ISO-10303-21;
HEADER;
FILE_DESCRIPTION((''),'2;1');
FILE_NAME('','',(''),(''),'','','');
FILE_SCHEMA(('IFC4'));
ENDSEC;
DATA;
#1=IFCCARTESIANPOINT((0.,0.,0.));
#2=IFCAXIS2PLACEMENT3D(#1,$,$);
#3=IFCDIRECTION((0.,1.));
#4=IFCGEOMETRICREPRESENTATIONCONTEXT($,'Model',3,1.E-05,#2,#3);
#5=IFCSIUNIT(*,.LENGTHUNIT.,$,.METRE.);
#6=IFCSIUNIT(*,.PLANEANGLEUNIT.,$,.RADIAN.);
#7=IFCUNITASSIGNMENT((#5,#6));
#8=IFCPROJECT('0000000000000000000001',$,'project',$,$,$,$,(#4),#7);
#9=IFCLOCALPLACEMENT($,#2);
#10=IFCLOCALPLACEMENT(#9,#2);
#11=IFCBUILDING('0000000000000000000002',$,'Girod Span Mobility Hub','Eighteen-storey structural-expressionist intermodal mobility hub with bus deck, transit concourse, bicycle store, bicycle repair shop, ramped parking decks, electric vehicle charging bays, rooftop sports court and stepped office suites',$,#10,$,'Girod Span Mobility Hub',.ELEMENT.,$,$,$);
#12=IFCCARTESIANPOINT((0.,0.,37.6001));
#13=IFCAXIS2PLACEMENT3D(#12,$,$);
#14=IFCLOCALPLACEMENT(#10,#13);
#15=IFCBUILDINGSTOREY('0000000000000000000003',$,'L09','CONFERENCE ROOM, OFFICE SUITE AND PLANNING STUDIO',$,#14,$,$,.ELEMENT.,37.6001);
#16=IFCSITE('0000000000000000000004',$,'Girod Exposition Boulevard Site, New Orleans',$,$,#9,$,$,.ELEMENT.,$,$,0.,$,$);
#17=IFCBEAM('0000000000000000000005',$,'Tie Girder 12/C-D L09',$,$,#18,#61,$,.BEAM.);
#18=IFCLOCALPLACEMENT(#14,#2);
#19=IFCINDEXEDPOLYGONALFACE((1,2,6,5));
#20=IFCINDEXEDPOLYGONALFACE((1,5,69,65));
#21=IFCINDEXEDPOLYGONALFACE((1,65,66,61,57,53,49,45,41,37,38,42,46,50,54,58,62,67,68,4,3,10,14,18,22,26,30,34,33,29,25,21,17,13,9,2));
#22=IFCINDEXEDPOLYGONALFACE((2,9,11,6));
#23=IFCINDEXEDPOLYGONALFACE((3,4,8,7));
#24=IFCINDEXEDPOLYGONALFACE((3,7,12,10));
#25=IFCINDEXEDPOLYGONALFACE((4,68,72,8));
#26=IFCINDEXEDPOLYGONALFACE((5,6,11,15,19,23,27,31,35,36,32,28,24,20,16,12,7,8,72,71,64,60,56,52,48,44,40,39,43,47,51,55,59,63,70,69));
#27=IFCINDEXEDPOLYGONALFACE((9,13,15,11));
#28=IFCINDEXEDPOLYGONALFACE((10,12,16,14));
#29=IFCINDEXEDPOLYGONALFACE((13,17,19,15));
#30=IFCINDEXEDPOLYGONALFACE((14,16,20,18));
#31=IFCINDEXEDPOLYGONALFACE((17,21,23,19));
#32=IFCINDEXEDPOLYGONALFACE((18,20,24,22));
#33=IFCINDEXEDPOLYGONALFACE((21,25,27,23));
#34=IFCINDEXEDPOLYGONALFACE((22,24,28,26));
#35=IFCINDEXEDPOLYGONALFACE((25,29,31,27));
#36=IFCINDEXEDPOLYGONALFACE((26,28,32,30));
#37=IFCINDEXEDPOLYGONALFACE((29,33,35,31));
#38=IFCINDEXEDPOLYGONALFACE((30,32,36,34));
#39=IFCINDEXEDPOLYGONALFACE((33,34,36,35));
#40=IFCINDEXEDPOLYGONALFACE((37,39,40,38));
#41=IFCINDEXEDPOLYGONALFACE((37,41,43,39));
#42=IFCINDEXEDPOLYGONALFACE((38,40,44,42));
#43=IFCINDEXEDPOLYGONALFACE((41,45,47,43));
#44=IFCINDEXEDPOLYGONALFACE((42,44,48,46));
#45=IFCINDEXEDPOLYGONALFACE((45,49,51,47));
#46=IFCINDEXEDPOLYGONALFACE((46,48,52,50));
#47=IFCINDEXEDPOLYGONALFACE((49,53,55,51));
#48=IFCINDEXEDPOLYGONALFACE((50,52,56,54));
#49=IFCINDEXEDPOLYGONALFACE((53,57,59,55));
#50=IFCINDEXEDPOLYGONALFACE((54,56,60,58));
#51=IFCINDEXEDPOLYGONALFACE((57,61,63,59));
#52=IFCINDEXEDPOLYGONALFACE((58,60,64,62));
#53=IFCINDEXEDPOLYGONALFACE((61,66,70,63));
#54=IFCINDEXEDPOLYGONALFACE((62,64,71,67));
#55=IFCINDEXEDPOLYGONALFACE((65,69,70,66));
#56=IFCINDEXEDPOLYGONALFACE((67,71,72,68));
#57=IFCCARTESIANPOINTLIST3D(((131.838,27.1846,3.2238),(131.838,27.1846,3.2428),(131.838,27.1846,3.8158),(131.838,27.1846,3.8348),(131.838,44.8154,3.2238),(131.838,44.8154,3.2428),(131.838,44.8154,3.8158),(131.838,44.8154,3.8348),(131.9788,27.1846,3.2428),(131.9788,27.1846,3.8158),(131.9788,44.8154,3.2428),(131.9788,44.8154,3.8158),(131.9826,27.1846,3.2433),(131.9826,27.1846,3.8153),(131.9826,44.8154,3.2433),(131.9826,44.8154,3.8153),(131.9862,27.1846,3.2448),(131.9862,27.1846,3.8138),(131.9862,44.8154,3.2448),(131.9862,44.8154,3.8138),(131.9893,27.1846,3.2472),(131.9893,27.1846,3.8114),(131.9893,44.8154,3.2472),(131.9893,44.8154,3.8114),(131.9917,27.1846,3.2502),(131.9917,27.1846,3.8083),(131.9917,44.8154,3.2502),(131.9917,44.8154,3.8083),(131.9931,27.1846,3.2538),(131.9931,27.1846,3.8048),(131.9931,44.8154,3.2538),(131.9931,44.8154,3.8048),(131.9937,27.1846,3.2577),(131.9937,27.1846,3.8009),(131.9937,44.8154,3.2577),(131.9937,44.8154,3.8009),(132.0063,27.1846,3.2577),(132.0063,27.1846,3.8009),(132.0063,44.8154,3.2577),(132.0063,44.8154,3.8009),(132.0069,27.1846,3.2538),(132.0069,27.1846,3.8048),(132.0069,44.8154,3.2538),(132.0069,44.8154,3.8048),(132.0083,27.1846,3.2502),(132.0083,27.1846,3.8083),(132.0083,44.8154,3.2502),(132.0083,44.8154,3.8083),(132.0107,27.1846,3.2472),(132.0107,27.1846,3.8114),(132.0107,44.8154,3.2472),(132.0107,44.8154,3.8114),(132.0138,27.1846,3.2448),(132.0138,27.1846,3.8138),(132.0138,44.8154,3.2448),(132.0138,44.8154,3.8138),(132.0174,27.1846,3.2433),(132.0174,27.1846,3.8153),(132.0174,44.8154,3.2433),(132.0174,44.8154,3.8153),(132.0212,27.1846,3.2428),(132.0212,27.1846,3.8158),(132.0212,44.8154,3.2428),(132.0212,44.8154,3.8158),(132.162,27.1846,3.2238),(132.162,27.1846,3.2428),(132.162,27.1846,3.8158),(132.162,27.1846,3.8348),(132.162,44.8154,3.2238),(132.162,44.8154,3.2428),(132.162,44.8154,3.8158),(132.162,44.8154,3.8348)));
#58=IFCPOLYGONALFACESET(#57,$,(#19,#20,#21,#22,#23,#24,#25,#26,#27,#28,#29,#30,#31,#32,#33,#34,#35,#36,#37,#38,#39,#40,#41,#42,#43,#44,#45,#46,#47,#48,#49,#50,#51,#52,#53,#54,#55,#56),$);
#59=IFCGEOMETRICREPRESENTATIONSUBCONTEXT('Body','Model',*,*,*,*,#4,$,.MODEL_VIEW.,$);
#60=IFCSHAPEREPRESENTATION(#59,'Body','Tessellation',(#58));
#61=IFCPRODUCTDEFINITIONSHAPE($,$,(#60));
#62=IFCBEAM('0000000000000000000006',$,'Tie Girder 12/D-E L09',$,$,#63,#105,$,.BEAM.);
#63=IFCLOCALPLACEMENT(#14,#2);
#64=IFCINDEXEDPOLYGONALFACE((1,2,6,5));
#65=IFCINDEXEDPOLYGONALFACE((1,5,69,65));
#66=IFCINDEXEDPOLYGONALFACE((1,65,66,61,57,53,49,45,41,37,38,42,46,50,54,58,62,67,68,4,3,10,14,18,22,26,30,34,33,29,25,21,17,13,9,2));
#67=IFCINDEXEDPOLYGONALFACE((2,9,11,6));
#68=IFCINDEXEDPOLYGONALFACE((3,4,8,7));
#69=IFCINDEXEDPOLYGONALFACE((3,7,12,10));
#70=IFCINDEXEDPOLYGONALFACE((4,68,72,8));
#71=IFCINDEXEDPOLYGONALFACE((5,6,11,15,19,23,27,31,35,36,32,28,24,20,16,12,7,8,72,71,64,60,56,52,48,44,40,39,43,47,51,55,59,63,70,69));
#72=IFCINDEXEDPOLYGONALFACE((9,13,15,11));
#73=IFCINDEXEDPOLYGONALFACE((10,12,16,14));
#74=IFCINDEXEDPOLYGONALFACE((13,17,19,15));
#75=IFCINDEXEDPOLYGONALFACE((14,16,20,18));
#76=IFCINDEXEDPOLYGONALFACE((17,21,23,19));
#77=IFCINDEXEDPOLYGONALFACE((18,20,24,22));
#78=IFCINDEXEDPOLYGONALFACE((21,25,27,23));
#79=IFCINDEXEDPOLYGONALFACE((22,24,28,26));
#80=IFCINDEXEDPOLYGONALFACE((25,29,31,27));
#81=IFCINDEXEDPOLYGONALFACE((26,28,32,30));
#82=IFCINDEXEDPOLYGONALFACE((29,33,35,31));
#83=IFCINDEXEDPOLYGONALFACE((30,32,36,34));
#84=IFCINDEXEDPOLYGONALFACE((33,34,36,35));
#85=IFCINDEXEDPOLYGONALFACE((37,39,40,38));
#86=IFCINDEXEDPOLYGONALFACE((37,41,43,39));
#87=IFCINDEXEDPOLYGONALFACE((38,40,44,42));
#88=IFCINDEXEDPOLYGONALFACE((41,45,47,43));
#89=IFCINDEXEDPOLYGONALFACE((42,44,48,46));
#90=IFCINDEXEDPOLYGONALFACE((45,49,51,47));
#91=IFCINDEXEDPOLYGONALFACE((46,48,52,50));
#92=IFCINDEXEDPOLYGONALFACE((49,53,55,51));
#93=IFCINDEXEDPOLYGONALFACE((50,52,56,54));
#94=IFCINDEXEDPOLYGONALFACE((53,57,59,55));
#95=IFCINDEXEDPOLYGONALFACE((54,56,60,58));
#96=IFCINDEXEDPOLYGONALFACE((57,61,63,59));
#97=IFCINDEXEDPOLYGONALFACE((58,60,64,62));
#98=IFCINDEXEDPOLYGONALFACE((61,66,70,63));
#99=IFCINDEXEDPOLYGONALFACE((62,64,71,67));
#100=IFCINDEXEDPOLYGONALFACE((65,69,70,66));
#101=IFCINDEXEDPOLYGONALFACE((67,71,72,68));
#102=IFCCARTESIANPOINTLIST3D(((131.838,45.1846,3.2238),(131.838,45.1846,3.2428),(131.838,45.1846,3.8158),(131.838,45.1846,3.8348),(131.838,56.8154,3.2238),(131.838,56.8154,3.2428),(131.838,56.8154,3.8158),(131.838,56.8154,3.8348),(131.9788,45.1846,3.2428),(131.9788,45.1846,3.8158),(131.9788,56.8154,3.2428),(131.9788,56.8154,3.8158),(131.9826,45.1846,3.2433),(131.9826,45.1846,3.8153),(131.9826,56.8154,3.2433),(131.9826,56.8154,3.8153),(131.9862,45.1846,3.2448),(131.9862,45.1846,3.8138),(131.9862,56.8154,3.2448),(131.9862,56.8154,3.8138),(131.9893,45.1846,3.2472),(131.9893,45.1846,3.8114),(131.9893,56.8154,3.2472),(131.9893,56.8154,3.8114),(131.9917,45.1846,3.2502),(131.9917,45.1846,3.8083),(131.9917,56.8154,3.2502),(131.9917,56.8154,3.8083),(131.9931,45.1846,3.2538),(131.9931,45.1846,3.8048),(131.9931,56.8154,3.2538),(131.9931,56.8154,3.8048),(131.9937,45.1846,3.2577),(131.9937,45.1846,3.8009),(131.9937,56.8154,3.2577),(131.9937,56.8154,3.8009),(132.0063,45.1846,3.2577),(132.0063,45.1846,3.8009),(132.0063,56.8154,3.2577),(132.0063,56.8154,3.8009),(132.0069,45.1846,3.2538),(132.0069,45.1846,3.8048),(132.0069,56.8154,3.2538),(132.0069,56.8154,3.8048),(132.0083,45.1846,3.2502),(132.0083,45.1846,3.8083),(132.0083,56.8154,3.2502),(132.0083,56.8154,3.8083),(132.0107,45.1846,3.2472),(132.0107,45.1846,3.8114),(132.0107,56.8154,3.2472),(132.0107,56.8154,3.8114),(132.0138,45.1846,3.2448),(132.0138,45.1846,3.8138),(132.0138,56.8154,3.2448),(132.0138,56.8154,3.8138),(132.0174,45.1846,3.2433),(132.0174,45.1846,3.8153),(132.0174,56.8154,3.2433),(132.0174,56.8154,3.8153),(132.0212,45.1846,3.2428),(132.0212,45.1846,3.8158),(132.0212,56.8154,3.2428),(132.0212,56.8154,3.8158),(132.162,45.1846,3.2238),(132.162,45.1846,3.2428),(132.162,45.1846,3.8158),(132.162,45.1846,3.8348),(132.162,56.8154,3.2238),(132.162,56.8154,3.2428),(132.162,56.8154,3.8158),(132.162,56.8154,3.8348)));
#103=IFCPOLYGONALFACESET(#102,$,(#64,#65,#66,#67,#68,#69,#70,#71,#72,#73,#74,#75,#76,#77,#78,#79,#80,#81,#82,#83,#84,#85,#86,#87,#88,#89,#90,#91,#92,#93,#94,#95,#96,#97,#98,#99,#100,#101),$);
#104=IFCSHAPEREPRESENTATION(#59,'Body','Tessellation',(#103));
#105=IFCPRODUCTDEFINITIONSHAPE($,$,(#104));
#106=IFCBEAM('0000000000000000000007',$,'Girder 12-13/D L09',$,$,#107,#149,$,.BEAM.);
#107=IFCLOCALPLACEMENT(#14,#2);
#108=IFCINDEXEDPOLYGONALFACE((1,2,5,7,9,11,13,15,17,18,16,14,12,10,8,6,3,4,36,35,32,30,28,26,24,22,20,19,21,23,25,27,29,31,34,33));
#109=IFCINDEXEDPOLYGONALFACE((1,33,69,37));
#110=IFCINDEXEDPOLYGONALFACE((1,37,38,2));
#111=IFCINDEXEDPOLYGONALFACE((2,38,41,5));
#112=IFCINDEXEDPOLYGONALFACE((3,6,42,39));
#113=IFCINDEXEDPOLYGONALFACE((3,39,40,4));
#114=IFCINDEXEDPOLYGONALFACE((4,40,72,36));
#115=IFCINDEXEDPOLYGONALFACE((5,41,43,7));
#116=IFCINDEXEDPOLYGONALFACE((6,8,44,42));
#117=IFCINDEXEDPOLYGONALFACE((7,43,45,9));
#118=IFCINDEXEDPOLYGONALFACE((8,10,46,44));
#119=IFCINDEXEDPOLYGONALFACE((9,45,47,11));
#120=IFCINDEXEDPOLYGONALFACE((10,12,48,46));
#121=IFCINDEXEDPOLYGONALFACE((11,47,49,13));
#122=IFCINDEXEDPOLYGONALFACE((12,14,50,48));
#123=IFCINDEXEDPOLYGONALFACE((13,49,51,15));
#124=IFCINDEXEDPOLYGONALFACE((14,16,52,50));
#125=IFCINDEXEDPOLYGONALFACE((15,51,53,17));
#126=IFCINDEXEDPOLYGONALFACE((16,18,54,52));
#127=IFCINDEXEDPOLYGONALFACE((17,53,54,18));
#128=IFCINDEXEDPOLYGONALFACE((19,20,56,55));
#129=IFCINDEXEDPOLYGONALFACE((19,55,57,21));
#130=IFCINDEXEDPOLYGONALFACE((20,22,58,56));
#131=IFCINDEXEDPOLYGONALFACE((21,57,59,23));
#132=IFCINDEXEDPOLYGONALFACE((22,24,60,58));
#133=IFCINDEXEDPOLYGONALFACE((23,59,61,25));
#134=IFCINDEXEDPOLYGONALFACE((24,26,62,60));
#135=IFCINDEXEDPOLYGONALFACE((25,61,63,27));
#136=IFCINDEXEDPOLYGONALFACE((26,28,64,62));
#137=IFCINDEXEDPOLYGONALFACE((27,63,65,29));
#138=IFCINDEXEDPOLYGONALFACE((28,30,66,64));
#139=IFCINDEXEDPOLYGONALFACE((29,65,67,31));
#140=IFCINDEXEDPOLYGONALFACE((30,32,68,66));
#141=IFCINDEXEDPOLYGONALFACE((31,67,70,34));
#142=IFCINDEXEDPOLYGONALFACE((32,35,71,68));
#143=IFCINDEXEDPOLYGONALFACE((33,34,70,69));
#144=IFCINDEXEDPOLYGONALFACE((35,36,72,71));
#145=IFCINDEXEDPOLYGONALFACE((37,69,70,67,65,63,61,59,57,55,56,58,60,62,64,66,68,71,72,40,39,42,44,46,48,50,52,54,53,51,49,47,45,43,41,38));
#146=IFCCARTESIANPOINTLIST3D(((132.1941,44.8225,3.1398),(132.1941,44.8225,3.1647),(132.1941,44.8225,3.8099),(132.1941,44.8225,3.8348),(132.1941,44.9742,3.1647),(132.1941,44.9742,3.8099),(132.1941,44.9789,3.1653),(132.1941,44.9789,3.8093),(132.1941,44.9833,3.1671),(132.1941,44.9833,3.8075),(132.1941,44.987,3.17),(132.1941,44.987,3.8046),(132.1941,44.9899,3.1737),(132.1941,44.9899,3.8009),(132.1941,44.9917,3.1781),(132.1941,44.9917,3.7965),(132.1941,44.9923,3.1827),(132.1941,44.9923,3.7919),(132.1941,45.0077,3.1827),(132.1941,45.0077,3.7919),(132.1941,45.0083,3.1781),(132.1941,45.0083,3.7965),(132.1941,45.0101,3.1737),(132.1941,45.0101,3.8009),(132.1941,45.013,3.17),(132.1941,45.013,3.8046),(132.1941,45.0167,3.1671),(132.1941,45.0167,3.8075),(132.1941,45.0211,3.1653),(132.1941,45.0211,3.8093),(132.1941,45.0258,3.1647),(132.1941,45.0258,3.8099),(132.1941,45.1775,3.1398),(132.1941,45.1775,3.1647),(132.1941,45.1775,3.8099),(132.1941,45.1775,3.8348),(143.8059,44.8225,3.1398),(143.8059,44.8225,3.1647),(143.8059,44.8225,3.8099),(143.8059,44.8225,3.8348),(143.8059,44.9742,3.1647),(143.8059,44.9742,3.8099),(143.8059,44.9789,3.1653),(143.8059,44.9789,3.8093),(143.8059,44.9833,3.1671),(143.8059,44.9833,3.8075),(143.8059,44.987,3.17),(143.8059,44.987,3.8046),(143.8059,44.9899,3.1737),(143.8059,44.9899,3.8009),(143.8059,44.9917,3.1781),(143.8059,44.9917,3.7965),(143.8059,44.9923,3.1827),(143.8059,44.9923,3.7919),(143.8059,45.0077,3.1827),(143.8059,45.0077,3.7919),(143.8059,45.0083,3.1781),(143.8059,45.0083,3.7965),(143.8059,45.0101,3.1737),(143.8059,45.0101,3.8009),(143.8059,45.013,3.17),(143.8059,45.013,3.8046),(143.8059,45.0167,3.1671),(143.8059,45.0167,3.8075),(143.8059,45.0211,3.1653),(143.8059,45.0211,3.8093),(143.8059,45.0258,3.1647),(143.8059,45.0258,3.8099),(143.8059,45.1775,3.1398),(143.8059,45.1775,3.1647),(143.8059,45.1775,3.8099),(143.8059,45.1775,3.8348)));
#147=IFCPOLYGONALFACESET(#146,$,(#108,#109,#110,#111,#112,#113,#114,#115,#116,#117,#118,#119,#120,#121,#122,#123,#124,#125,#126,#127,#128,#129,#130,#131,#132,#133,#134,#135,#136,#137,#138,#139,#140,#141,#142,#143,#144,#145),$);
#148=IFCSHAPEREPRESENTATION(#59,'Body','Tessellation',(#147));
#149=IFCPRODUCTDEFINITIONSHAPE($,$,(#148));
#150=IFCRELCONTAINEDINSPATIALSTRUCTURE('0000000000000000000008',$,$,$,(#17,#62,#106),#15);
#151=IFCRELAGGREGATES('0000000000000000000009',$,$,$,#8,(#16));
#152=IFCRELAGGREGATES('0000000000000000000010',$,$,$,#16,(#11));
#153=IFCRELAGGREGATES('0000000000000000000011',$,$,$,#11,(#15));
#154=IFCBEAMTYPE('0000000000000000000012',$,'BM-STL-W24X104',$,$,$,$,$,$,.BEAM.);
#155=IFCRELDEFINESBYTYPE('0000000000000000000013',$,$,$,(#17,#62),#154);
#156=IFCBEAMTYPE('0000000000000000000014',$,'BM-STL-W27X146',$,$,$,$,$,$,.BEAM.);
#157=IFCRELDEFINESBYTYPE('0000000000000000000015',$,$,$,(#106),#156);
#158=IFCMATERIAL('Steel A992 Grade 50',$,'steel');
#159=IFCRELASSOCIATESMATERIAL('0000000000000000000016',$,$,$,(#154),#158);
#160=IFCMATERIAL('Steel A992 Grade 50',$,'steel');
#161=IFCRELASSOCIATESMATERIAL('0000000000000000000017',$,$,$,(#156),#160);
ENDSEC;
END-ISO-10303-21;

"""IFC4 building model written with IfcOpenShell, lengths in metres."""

from ifc_helpers import new_model, si_unit, direction, frame, origin, origin_2d, place, context, subcontext, project, spatial, i_section, extrude, material, material_profile, profile_set, type_object, element, save


model = new_model("IFC4")

# Units and contexts
model_context = context("Model", 3, precision=1e-05, world=origin(), true_north=direction((0.0, 1.0)))
body_context = subcontext(model_context, "Body", "Model", "MODEL_VIEW")
ifc_project = project(units=[si_unit("LENGTHUNIT", "METRE"), si_unit("PLANEANGLEUNIT", "RADIAN")], contexts=[model_context])

# Site, building, storey
site_placement = place(None, origin())
site = spatial("IfcSite", under=ifc_project, at=site_placement, Name="Girod Exposition Boulevard Site, New Orleans", CompositionType="ELEMENT", RefElevation=0.0)
building_placement = place(site_placement, origin())
building = spatial("IfcBuilding", under=site, at=building_placement, Name="Girod Span Mobility Hub", Description="Eighteen-storey structural-expressionist intermodal mobility hub with bus deck, transit concourse, bicycle store, bicycle repair shop, ramped parking decks, electric vehicle charging bays, rooftop sports court and stepped office suites", LongName="Girod Span Mobility Hub", CompositionType="ELEMENT")
storey_placement = place(building_placement, frame((0.0, 0.0, 37.6001)))
storey = spatial("IfcBuildingStorey", under=building, at=storey_placement, Name="L09", Description="CONFERENCE ROOM, OFFICE SUITE AND PLANNING STUDIO", CompositionType="ELEMENT", Elevation=37.6001)

# Beams
ifc_material_1 = material(Name="Steel A992 Grade 50", Category="steel")
ifc_material_profile_1 = material_profile(ifc_material_1, i_section(OverallWidth=0.324, OverallDepth=0.6111, WebThickness=0.0127, FlangeThickness=0.019, FilletRadius=0.0149, at=origin_2d()), Name="W24X104")
ifc_profile_set_1 = profile_set([ifc_material_profile_1], Name="Steel A992 Grade 50")
beam_type_1 = type_object("IfcBeamType", Name="BM-STL-W24X104", PredefinedType="BEAM", material=ifc_profile_set_1)
beam_1_placement = place(storey_placement, frame((132.0, 27.1846, 3.5293), z_axis=(0.0, 1.0, 0.0), x_axis=(-1.0, 0.0, 0.0)))
element("IfcBeam", 1, at=beam_1_placement, inside=storey, type_object=beam_type_1, Name="Tie Girder 12/C-D L09", PredefinedType="BEAM", context=body_context, shape_type="SweptSolid", body=[
    extrude(i_section(OverallWidth=0.324, OverallDepth=0.6111, WebThickness=0.0127, FlangeThickness=0.019, FilletRadius=0.0149, at=origin_2d()), origin(), (0.0, 0.0, 1.0), 17.6309),
])
beam_2_placement = place(storey_placement, frame((132.0, 45.1846, 3.5293), z_axis=(0.0, 1.0, 0.0), x_axis=(-1.0, 0.0, 0.0)))
element("IfcBeam", 2, at=beam_2_placement, inside=storey, type_object=beam_type_1, Name="Tie Girder 12/D-E L09", PredefinedType="BEAM", context=body_context, shape_type="SweptSolid", body=[
    extrude(i_section(OverallWidth=0.324, OverallDepth=0.6111, WebThickness=0.0127, FlangeThickness=0.019, FilletRadius=0.0149, at=origin_2d()), origin(), (0.0, 0.0, 1.0), 11.6309),
])
ifc_material_2 = material(Name="Steel A992 Grade 50", Category="steel")
ifc_material_profile_2 = material_profile(ifc_material_2, i_section(OverallWidth=0.355, OverallDepth=0.6951, WebThickness=0.0154, FlangeThickness=0.0249, FilletRadius=0.0181, at=origin_2d()), Name="W27X146")
ifc_profile_set_2 = profile_set([ifc_material_profile_2], Name="Steel A992 Grade 50")
beam_type_2 = type_object("IfcBeamType", Name="BM-STL-W27X146", PredefinedType="BEAM", material=ifc_profile_set_2)
beam_3_placement = place(storey_placement, frame((132.1941, 45.0, 3.4873), z_axis=(1.0, 0.0, 0.0), x_axis=(0.0, 1.0, 0.0)))
element("IfcBeam", 3, at=beam_3_placement, inside=storey, type_object=beam_type_2, Name="Girder 12-13/D L09", PredefinedType="BEAM", context=body_context, shape_type="SweptSolid", body=[
    extrude(i_section(OverallWidth=0.355, OverallDepth=0.6951, WebThickness=0.0154, FlangeThickness=0.0249, FilletRadius=0.0181, at=origin_2d()), origin(), (0.0, 0.0, 1.0), 11.6118),
])

save(model, "model.ifc")
